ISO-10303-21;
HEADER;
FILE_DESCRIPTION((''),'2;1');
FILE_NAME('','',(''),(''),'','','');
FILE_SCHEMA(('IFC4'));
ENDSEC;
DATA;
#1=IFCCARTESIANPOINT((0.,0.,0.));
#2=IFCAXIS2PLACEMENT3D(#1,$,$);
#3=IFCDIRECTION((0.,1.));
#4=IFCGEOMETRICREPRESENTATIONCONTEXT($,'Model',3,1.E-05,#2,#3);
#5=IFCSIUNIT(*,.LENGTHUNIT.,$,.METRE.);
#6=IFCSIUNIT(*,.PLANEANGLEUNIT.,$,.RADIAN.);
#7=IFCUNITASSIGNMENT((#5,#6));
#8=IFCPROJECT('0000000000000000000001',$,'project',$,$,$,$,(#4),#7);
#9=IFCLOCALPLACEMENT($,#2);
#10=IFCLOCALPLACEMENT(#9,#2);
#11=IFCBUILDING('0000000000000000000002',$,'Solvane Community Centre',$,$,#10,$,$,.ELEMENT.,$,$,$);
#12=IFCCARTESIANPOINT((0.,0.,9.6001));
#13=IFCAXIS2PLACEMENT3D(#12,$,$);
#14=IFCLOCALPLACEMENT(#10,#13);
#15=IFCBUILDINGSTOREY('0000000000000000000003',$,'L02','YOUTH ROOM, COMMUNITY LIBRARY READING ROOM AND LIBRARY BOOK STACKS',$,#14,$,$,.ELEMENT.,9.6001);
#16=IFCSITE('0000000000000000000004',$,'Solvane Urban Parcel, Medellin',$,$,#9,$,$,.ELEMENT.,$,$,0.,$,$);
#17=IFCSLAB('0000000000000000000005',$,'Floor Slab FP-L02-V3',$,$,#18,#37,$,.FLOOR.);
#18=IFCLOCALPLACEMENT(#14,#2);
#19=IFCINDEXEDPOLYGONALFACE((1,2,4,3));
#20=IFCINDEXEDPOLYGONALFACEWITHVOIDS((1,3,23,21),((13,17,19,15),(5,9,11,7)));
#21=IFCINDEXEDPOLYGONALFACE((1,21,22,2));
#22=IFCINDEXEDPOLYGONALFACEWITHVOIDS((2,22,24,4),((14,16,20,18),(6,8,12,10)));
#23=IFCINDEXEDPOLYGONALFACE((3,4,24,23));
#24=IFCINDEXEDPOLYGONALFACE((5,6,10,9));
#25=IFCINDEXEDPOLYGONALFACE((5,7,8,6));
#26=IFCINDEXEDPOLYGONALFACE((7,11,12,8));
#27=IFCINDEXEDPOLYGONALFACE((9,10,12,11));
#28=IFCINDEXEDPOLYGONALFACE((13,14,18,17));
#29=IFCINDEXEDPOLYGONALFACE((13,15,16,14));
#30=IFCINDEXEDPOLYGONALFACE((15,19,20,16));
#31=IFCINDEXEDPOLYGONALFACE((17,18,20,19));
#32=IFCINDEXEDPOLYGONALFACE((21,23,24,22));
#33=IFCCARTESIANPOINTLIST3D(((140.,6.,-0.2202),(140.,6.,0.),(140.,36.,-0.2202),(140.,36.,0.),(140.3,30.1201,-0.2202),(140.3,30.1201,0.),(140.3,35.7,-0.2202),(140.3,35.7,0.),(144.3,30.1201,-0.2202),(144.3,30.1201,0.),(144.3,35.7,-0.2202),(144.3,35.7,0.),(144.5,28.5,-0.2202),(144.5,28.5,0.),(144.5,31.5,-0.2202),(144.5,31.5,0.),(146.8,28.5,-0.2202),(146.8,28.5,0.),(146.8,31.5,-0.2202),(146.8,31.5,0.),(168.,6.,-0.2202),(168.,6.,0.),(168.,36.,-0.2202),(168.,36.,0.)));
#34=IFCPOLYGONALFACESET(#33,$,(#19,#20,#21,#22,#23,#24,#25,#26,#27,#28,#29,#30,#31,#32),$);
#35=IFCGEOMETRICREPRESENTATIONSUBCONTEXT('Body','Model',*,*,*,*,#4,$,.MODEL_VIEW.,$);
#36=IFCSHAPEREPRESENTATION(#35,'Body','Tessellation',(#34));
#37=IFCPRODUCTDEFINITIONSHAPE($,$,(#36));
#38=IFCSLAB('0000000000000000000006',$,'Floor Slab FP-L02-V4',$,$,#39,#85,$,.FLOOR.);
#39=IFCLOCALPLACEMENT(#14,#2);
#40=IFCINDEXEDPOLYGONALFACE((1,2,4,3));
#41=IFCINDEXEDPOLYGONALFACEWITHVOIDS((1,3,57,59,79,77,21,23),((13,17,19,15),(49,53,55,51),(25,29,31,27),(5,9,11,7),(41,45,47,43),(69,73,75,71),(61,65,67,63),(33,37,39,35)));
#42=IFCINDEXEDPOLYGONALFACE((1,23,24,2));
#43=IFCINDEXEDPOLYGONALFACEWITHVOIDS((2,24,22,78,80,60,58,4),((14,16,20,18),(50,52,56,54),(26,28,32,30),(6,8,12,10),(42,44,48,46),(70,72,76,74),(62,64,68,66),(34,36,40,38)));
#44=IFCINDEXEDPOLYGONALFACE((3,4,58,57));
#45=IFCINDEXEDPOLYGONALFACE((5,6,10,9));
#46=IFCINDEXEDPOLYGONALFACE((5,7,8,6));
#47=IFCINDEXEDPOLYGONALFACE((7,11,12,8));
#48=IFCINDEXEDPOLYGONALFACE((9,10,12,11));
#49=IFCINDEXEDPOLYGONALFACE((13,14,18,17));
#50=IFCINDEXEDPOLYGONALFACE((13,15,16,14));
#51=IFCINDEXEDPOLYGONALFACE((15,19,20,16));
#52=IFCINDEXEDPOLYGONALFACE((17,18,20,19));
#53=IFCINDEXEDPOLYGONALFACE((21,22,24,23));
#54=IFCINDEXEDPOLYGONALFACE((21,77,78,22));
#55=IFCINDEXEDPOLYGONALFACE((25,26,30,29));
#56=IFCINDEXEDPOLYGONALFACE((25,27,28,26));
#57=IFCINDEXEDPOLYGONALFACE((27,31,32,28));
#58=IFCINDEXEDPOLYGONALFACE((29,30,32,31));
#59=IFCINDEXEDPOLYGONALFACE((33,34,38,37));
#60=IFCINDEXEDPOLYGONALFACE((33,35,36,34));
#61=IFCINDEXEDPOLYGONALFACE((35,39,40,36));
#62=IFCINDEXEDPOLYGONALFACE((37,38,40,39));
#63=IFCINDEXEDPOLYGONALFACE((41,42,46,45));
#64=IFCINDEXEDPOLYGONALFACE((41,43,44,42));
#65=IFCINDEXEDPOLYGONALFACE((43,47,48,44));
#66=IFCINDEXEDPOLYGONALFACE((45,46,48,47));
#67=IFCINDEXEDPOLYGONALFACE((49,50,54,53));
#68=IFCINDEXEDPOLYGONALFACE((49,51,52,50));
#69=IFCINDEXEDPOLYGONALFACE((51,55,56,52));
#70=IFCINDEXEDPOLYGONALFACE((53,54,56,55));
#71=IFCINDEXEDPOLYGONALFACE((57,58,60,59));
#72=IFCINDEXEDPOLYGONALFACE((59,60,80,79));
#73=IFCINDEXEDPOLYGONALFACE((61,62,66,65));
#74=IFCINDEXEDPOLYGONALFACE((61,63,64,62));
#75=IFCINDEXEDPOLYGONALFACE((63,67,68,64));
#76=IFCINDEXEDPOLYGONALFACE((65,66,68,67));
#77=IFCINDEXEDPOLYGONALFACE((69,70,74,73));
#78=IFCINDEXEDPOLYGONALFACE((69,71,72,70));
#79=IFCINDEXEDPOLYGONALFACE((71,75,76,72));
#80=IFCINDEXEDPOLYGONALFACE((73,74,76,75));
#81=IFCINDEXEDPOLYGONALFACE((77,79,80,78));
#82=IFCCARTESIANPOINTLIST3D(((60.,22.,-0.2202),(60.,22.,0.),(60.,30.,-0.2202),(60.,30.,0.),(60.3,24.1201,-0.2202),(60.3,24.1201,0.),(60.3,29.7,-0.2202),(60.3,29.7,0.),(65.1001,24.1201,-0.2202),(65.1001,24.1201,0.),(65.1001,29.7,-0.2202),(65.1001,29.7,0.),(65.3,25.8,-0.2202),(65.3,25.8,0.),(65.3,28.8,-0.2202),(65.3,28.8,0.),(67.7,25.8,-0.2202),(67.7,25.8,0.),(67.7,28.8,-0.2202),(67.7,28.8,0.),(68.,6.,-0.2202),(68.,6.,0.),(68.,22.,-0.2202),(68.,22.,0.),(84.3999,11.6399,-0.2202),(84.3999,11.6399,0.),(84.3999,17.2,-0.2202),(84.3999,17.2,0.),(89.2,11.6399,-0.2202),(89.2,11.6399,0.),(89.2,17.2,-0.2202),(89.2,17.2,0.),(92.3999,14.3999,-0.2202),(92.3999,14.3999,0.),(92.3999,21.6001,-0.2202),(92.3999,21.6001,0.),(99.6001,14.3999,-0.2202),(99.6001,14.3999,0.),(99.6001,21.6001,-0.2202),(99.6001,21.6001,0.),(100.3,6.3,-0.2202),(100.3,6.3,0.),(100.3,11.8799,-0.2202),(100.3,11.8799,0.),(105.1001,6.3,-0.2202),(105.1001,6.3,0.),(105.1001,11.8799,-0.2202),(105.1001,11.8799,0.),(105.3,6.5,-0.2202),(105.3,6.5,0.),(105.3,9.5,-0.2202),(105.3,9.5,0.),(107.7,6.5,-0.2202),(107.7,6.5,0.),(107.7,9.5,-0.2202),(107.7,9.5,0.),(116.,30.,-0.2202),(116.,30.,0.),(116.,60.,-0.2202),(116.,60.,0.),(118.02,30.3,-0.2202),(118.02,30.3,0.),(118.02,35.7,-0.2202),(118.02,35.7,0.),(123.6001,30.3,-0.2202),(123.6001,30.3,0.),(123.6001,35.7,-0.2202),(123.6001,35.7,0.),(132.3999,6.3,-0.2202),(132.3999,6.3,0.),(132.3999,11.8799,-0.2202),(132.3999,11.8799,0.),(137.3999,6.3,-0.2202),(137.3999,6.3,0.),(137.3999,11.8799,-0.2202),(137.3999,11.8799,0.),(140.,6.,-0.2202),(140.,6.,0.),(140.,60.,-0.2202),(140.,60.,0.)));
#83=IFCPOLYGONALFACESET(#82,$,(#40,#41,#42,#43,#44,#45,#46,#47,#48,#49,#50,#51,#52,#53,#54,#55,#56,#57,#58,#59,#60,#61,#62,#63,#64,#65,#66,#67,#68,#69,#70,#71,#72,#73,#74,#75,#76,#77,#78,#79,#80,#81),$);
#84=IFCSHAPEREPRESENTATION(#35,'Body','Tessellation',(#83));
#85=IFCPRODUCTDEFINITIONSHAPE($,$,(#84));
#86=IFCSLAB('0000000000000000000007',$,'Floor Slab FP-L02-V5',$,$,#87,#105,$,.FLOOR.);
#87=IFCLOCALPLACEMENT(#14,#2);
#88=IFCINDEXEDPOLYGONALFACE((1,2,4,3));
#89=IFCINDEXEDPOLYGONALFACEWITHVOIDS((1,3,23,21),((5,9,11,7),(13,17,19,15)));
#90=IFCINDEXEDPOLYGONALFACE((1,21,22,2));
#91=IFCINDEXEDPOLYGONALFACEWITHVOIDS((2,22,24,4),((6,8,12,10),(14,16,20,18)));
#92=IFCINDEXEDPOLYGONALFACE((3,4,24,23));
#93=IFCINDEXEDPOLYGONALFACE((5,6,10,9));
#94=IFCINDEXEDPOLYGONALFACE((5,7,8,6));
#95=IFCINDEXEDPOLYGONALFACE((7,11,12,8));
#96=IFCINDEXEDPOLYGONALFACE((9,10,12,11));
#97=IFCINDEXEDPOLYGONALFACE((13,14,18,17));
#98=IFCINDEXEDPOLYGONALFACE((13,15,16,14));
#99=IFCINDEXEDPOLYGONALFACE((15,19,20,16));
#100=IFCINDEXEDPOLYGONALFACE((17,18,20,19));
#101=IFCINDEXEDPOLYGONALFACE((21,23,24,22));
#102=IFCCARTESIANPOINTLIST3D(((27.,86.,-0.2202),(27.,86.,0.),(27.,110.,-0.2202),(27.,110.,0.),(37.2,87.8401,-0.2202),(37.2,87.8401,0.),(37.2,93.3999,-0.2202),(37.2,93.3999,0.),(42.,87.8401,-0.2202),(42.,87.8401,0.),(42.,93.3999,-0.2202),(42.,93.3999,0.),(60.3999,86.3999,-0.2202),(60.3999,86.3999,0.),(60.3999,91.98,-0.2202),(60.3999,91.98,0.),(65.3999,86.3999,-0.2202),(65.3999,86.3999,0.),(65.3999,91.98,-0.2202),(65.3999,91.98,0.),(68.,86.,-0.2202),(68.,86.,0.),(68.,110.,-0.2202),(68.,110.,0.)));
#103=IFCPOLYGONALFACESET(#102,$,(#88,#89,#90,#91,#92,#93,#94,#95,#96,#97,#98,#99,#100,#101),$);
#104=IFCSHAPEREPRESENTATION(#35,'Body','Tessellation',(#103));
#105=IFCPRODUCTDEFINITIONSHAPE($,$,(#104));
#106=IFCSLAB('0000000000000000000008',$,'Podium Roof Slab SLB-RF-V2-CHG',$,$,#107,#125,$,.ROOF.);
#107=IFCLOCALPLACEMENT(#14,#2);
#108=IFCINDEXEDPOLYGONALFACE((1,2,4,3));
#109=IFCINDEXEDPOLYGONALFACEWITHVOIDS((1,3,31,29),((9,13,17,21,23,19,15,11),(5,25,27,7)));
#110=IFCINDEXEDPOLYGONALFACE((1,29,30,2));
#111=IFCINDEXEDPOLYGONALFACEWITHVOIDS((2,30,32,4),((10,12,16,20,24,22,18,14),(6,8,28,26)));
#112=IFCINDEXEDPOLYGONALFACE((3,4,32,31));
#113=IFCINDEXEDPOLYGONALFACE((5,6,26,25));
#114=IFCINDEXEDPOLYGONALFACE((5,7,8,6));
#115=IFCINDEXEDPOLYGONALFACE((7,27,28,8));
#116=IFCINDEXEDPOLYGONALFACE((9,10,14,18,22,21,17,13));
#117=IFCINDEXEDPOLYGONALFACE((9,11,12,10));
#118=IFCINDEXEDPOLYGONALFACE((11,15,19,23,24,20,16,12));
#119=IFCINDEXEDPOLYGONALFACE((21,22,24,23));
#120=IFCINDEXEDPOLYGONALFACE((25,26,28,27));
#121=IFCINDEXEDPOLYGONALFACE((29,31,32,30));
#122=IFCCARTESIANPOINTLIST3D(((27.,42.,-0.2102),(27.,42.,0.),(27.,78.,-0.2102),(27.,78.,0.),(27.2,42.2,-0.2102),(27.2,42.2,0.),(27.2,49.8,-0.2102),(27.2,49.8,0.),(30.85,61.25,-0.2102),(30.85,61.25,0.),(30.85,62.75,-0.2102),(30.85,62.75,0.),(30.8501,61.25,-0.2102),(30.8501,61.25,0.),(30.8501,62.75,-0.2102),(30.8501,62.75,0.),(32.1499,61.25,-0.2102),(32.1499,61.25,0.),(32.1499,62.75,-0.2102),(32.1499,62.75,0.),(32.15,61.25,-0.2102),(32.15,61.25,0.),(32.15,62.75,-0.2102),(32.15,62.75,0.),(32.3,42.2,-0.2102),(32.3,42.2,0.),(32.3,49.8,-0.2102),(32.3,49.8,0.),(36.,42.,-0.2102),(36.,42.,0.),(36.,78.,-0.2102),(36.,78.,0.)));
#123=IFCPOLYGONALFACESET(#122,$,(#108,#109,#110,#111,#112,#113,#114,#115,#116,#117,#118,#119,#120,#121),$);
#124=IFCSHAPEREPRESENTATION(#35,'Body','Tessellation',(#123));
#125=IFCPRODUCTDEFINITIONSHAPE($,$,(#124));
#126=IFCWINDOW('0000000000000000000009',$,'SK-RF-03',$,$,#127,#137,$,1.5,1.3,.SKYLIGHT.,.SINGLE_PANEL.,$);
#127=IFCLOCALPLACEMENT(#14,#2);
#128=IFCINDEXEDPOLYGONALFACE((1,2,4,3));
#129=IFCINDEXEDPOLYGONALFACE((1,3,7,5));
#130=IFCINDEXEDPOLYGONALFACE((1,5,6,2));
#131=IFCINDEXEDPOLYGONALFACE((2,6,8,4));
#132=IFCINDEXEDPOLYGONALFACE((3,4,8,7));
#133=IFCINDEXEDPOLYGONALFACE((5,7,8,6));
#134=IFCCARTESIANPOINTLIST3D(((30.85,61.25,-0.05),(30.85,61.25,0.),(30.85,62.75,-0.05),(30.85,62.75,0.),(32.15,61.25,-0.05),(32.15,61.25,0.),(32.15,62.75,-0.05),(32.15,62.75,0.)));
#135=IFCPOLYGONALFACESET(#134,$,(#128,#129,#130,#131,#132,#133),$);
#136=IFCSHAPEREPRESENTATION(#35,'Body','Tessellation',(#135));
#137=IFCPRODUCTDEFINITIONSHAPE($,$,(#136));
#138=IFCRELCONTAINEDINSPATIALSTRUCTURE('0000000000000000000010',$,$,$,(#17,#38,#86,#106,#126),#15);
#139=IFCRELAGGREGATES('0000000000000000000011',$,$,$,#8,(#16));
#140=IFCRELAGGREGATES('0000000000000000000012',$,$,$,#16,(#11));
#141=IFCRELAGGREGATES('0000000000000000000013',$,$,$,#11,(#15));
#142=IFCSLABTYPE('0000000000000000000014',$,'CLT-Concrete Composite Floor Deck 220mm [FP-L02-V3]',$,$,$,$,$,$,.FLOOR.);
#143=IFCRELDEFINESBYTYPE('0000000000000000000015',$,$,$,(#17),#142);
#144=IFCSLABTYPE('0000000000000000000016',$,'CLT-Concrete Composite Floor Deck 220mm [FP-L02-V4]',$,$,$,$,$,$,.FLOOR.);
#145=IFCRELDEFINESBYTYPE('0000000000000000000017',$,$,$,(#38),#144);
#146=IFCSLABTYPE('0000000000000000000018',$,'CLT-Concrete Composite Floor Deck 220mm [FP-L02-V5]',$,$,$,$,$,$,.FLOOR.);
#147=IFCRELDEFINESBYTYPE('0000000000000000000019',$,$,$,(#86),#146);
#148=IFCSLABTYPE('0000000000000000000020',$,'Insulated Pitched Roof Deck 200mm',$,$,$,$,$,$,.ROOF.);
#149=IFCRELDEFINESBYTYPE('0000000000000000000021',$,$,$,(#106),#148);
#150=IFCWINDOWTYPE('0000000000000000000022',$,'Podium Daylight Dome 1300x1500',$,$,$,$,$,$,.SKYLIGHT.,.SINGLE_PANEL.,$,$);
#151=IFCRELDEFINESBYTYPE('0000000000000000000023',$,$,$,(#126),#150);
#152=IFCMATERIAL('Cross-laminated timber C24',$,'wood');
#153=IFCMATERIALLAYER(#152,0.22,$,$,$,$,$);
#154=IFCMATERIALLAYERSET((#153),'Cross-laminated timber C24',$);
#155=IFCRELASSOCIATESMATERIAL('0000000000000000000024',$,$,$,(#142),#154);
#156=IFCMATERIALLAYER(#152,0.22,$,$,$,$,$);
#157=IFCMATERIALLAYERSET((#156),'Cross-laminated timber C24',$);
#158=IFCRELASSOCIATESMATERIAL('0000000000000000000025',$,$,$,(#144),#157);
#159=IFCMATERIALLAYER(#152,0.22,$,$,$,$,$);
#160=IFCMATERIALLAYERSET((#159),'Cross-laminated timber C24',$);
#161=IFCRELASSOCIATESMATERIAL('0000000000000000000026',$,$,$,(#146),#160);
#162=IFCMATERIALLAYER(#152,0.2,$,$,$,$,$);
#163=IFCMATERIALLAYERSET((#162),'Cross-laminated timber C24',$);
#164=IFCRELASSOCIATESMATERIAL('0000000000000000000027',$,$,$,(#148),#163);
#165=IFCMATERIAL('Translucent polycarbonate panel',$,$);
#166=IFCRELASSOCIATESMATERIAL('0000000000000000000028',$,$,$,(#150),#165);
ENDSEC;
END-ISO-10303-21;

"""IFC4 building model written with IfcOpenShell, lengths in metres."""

from ifc_helpers import new_model, si_unit, direction, frame, origin, origin_2d, place, context, subcontext, project, spatial, polyline, rectangle, outline, extrude, material, layer, layer_set, type_object, element, fill, save


model = new_model("IFC4")

# Units and contexts
model_context = context("Model", 3, precision=1e-05, world=origin(), true_north=direction((0.0, 1.0)))
body_context = subcontext(model_context, "Body", "Model", "MODEL_VIEW")
ifc_project = project(units=[si_unit("LENGTHUNIT", "METRE"), si_unit("PLANEANGLEUNIT", "RADIAN")], contexts=[model_context])

# Site, building, storey
site_placement = place(None, origin())
site = spatial("IfcSite", under=ifc_project, at=site_placement, Name="Solvane Urban Parcel, Medellin", CompositionType="ELEMENT", RefElevation=0.0)
building_placement = place(site_placement, origin())
building = spatial("IfcBuilding", under=site, at=building_placement, Name="Solvane Community Centre", CompositionType="ELEMENT")
storey_placement = place(building_placement, frame((0.0, 0.0, 9.6001)))
storey = spatial("IfcBuildingStorey", under=building, at=storey_placement, Name="L02", Description="YOUTH ROOM, COMMUNITY LIBRARY READING ROOM AND LIBRARY BOOK STACKS", CompositionType="ELEMENT", Elevation=9.6001)

# Slabs
ifc_material_1 = material(Name="Cross-laminated timber C24", Category="wood")
ifc_layer_1 = layer(ifc_material_1, 0.22)
ifc_layer_set_1 = layer_set([ifc_layer_1], Name="Cross-laminated timber C24")
slab_type_1 = type_object("IfcSlabType", Name="CLT-Concrete Composite Floor Deck 220mm [FP-L02-V3]", PredefinedType="FLOOR", material=ifc_layer_set_1)
slab_1_placement = place(storey_placement, frame((0.0, 0.0, -0.2202)))
element("IfcSlab", 1, at=slab_1_placement, inside=storey, type_object=slab_type_1, Name="Floor Slab FP-L02-V3", PredefinedType="FLOOR", context=body_context, shape_type="SweptSolid", body=[
    extrude(outline(polyline([(140.0, 6.0), (168.0, 6.0), (168.0, 36.0), (140.0, 36.0), (140.0, 6.0)]), holes=[polyline([(140.3, 30.1201), (144.3, 30.1201), (144.3, 35.7), (140.3, 35.7), (140.3, 30.1201)]), polyline([(144.5, 28.5), (146.8, 28.5), (146.8, 31.5), (144.5, 31.5), (144.5, 28.5)])]), origin(), (0.0, 0.0, 1.0), 0.2202),
])
ifc_layer_2 = layer(ifc_material_1, 0.22)
ifc_layer_set_2 = layer_set([ifc_layer_2], Name="Cross-laminated timber C24")
slab_type_2 = type_object("IfcSlabType", Name="CLT-Concrete Composite Floor Deck 220mm [FP-L02-V4]", PredefinedType="FLOOR", material=ifc_layer_set_2)
slab_2_placement = place(storey_placement, frame((0.0, 0.0, -0.2202)))
element("IfcSlab", 2, at=slab_2_placement, inside=storey, type_object=slab_type_2, Name="Floor Slab FP-L02-V4", PredefinedType="FLOOR", context=body_context, shape_type="SweptSolid", body=[
    extrude(outline(polyline([(60.0, 22.0), (68.0, 22.0), (68.0, 6.0), (140.0, 6.0), (140.0, 60.0), (116.0, 60.0), (116.0, 30.0), (60.0, 30.0), (60.0, 22.0)]), holes=[polyline([(60.3, 24.1201), (65.1001, 24.1201), (65.1001, 29.7), (60.3, 29.7), (60.3, 24.1201)]), polyline([(65.3, 25.8), (67.7, 25.8), (67.7, 28.8), (65.3, 28.8), (65.3, 25.8)]), polyline([(100.3, 6.3), (105.1001, 6.3), (105.1001, 11.8799), (100.3, 11.8799), (100.3, 6.3)]), polyline([(105.3, 6.5), (107.7, 6.5), (107.7, 9.5), (105.3, 9.5), (105.3, 6.5)]), polyline([(132.3999, 6.3), (137.3999, 6.3), (137.3999, 11.8799), (132.3999, 11.8799), (132.3999, 6.3)]), polyline([(118.02, 30.3), (123.6001, 30.3), (123.6001, 35.7), (118.02, 35.7), (118.02, 30.3)]), polyline([(84.3999, 11.6399), (89.2, 11.6399), (89.2, 17.2), (84.3999, 17.2), (84.3999, 11.6399)]), polyline([(92.3999, 14.3999), (99.6001, 14.3999), (99.6001, 21.6001), (92.3999, 21.6001), (92.3999, 14.3999)])]), origin(), (0.0, 0.0, 1.0), 0.2202),
])
ifc_layer_3 = layer(ifc_material_1, 0.22)
ifc_layer_set_3 = layer_set([ifc_layer_3], Name="Cross-laminated timber C24")
slab_type_3 = type_object("IfcSlabType", Name="CLT-Concrete Composite Floor Deck 220mm [FP-L02-V5]", PredefinedType="FLOOR", material=ifc_layer_set_3)
slab_3_placement = place(storey_placement, frame((0.0, 0.0, -0.2202)))
element("IfcSlab", 3, at=slab_3_placement, inside=storey, type_object=slab_type_3, Name="Floor Slab FP-L02-V5", PredefinedType="FLOOR", context=body_context, shape_type="SweptSolid", body=[
    extrude(outline(polyline([(27.0, 86.0), (68.0, 86.0), (68.0, 110.0), (27.0, 110.0), (27.0, 86.0)]), holes=[polyline([(60.3999, 86.3999), (65.3999, 86.3999), (65.3999, 91.98), (60.3999, 91.98), (60.3999, 86.3999)]), polyline([(37.2, 87.8401), (42.0, 87.8401), (42.0, 93.3999), (37.2, 93.3999), (37.2, 87.8401)])]), origin(), (0.0, 0.0, 1.0), 0.2202),
])

# Slab, opening, window
ifc_layer_4 = layer(ifc_material_1, 0.2)
ifc_layer_set_4 = layer_set([ifc_layer_4], Name="Cross-laminated timber C24")
slab_type_4 = type_object("IfcSlabType", Name="Insulated Pitched Roof Deck 200mm", PredefinedType="ROOF", material=ifc_layer_set_4)
slab_4_placement = place(storey_placement, frame((0.0, 0.0, -0.2102)))
slab_4 = element("IfcSlab", 4, at=slab_4_placement, inside=storey, type_object=slab_type_4, Name="Podium Roof Slab SLB-RF-V2-CHG", PredefinedType="ROOF", context=body_context, shape_type="SweptSolid", body=[
    extrude(outline(polyline([(27.0, 42.0), (36.0, 42.0), (36.0, 78.0), (27.0, 78.0), (27.0, 42.0)]), holes=[polyline([(27.2, 42.2), (32.3, 42.2), (32.3, 49.8), (27.2, 49.8), (27.2, 42.2)]), polyline([(30.8501, 61.25), (32.1499, 61.25), (32.1499, 62.75), (30.8501, 62.75), (30.8501, 61.25)])]), origin(), (0.0, 0.0, 1.0), 0.2102),
])
opening_1_placement = place(slab_4_placement, frame((31.5, 62.0, 0.0)))
opening_1 = element("IfcOpeningElement", 5, at=opening_1_placement, cuts=slab_4, PredefinedType="OPENING", context=body_context, shape_type="SweptSolid", body=[
    extrude(rectangle(XDim=1.3, YDim=1.5, at=origin_2d()), origin(), (0.0, 0.0, 1.0), 0.2102),
])
ifc_material_2 = material(Name="Translucent polycarbonate panel")
window_type_1 = type_object("IfcWindowType", Name="Podium Daylight Dome 1300x1500", PartitioningType="SINGLE_PANEL", PredefinedType="SKYLIGHT", material=ifc_material_2)
window_1_placement = place(opening_1_placement, frame((0.0, 0.0, 0.1602)))
window_1 = element("IfcWindow", 6, at=window_1_placement, inside=storey, type_object=window_type_1, Name="SK-RF-03", OverallHeight=1.5, OverallWidth=1.3, PartitioningType="SINGLE_PANEL", PredefinedType="SKYLIGHT", context=body_context, shape_type="SweptSolid", body=[
    extrude(rectangle(XDim=1.3, YDim=1.5, at=origin_2d()), origin(), (0.0, 0.0, 1.0), 0.05),
])
fill(opening_1, window_1)

save(model, "model.ifc")
